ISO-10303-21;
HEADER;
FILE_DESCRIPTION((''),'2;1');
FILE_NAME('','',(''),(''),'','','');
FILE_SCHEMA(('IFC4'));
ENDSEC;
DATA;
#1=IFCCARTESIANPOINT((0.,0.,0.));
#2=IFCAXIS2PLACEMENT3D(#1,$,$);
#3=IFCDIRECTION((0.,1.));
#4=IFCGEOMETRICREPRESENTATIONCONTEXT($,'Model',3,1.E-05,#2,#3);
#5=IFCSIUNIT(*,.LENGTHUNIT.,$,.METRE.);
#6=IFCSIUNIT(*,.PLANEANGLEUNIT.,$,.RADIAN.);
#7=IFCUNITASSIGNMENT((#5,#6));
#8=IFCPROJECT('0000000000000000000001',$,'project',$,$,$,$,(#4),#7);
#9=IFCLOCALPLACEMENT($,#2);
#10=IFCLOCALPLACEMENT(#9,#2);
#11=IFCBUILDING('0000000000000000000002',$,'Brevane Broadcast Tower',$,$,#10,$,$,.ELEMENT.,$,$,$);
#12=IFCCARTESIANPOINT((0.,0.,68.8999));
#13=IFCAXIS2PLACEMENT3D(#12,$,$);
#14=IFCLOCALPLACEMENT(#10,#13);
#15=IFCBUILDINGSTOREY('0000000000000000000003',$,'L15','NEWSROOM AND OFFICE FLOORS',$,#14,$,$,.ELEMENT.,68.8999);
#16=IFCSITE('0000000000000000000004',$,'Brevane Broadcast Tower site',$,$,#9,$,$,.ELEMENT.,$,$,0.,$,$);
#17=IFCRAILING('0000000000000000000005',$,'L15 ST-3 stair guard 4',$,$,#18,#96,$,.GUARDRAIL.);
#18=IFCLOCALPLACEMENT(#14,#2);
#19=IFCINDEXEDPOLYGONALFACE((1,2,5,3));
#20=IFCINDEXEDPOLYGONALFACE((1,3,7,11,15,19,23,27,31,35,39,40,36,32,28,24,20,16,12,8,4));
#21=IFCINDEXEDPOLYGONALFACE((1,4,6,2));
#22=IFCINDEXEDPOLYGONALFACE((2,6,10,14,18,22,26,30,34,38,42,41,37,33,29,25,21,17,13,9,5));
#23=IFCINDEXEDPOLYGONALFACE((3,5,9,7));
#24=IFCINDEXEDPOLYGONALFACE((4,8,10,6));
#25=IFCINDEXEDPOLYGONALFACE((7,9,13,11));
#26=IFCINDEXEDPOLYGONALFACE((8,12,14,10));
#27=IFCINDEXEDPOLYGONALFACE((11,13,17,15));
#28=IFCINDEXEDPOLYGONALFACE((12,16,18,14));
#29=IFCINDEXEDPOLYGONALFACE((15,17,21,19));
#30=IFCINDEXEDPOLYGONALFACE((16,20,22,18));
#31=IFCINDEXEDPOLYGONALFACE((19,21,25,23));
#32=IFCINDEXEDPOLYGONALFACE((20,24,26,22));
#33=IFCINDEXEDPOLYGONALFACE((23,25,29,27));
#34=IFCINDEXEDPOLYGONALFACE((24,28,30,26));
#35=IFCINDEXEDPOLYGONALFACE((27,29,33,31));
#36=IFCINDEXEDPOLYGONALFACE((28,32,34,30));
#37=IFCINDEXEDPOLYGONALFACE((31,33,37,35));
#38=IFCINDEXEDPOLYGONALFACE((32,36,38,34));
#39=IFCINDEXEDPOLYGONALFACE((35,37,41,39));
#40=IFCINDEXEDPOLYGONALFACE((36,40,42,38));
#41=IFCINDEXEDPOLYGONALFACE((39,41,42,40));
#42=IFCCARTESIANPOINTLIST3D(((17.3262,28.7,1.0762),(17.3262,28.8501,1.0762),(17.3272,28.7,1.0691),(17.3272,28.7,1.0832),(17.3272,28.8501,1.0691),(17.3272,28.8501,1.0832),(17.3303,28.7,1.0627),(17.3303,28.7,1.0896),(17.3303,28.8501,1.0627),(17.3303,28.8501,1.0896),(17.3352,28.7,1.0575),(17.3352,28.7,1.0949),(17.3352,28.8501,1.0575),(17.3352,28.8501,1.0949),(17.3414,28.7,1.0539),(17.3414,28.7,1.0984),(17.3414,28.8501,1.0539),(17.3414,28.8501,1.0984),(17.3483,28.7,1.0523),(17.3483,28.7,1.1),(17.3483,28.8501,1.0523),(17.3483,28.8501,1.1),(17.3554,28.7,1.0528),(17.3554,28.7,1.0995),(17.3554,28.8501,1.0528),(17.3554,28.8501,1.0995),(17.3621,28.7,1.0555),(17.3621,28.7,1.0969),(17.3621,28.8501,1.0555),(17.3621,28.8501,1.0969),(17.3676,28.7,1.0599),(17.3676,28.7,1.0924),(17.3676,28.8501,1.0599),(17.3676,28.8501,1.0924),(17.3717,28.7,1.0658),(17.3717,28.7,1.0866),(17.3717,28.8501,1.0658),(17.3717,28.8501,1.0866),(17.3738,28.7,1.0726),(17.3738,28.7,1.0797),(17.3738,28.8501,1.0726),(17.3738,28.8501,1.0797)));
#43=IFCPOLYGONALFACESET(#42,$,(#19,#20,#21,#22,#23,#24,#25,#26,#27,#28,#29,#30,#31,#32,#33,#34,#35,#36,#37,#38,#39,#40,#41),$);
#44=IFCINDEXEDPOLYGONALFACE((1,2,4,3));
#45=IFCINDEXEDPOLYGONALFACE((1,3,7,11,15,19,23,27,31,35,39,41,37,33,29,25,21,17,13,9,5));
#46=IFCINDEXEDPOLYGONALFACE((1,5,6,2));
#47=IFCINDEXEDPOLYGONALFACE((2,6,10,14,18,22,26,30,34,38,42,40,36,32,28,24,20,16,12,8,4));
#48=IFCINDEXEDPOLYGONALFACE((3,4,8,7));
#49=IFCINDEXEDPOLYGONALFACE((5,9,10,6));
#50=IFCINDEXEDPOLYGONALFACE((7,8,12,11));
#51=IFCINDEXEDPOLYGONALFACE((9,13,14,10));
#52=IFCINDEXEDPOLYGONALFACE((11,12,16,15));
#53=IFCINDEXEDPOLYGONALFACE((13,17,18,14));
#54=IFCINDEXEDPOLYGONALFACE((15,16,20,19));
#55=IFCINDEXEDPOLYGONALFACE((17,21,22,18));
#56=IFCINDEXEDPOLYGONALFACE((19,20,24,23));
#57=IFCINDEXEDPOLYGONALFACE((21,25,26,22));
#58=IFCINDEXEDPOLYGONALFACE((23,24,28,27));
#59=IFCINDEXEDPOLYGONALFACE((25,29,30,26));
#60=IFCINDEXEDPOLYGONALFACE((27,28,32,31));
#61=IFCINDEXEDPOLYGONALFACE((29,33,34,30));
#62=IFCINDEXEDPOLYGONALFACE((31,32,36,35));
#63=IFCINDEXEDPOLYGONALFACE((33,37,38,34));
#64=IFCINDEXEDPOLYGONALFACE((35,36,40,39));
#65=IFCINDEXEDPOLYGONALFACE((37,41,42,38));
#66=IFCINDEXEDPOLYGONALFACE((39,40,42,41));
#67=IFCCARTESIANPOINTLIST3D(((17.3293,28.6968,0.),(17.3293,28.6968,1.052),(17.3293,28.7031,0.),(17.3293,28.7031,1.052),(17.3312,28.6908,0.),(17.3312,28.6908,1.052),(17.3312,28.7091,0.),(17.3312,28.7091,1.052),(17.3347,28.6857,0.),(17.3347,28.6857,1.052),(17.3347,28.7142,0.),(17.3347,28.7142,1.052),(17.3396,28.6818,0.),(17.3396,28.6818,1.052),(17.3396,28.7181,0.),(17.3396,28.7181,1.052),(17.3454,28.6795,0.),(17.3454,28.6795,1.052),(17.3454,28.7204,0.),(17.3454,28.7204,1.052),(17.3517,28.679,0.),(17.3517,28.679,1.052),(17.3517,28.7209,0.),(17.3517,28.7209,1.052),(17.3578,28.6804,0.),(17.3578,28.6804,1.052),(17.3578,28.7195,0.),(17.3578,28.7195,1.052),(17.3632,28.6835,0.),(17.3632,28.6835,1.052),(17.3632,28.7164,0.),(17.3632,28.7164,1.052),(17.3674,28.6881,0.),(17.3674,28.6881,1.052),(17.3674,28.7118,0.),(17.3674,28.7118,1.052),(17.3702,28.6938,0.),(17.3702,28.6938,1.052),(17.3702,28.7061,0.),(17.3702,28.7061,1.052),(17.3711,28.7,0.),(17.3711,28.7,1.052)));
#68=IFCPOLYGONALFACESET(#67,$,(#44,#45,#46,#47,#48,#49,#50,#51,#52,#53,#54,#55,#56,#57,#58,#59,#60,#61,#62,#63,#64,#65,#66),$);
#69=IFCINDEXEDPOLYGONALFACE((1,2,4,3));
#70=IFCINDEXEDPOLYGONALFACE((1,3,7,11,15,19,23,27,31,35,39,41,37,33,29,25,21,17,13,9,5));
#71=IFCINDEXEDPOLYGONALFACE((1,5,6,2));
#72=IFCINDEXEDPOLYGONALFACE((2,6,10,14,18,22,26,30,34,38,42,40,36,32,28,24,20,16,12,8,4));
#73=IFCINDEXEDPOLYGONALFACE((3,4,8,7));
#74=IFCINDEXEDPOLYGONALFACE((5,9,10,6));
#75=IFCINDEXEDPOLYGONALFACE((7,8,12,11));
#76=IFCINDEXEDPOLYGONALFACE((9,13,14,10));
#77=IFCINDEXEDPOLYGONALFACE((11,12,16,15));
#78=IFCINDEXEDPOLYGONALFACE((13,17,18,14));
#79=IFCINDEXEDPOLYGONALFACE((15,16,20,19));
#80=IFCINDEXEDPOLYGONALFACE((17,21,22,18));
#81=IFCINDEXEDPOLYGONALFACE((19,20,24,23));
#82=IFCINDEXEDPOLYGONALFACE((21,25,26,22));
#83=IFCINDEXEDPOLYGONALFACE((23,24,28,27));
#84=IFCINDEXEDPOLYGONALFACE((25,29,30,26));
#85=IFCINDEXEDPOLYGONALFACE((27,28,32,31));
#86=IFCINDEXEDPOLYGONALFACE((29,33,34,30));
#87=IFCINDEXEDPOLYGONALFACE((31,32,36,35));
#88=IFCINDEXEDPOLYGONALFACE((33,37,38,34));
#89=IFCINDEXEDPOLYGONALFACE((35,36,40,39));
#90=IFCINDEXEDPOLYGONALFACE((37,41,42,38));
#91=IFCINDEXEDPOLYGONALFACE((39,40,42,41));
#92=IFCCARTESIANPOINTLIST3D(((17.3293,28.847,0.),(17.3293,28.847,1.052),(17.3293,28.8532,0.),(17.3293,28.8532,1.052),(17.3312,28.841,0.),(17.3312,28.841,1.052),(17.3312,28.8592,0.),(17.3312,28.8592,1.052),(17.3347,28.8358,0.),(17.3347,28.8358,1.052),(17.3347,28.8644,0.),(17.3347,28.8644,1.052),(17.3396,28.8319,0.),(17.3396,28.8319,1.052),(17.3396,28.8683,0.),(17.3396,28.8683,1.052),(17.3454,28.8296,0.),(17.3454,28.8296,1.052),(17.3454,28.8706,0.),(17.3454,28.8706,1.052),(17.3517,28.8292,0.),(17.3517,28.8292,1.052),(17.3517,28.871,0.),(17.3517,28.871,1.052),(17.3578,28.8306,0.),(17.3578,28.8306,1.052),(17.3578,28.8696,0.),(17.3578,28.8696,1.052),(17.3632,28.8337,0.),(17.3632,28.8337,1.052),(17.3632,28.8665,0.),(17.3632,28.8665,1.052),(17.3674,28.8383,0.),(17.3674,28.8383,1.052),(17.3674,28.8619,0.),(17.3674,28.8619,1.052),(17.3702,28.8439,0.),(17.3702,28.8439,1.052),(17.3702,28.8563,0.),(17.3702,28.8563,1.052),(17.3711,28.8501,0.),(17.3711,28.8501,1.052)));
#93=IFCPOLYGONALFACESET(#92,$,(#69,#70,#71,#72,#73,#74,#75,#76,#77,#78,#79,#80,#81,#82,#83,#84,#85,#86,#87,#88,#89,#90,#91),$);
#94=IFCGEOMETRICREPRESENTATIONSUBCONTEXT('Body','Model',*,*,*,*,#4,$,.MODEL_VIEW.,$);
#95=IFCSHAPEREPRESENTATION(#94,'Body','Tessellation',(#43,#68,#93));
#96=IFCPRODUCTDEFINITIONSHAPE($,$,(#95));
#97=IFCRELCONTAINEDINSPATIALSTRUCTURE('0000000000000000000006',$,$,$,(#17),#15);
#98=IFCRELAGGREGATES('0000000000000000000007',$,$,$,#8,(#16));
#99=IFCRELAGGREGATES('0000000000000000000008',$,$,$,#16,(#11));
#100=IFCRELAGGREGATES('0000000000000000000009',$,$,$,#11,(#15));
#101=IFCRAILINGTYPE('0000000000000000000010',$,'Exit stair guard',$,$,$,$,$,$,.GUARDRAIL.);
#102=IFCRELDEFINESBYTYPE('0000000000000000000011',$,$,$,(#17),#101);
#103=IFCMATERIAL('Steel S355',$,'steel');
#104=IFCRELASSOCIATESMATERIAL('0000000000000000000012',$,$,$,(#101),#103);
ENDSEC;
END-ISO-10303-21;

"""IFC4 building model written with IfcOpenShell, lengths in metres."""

from ifc_helpers import new_model, si_unit, direction, frame, origin, origin_2d, place, context, subcontext, project, spatial, circle, extrude, material, type_object, element, save


model = new_model("IFC4")

# Units and contexts
model_context = context("Model", 3, precision=1e-05, world=origin(), true_north=direction((0.0, 1.0)))
body_context = subcontext(model_context, "Body", "Model", "MODEL_VIEW")
ifc_project = project(units=[si_unit("LENGTHUNIT", "METRE"), si_unit("PLANEANGLEUNIT", "RADIAN")], contexts=[model_context])

# Site, building, storey
site_placement = place(None, origin())
site = spatial("IfcSite", under=ifc_project, at=site_placement, Name="Brevane Broadcast Tower site", CompositionType="ELEMENT", RefElevation=0.0)
building_placement = place(site_placement, origin())
building = spatial("IfcBuilding", under=site, at=building_placement, Name="Brevane Broadcast Tower", CompositionType="ELEMENT")
storey_placement = place(building_placement, frame((0.0, 0.0, 68.8999)))
storey = spatial("IfcBuildingStorey", under=building, at=storey_placement, Name="L15", Description="NEWSROOM AND OFFICE FLOORS", CompositionType="ELEMENT", Elevation=68.8999)

# Railing
ifc_material_1 = material(Name="Steel S355", Category="steel")
railing_type_1 = type_object("IfcRailingType", Name="Exit stair guard", PredefinedType="GUARDRAIL", material=ifc_material_1)
railing_1_placement = place(storey_placement, frame((17.3501, 28.7, 0.0)))
element("IfcRailing", 1, at=railing_1_placement, inside=storey, type_object=railing_type_1, Name="L15 ST-3 stair guard 4", PredefinedType="GUARDRAIL", context=body_context, shape_type="SweptSolid", body=[
    extrude(circle(Radius=0.0239, at=origin_2d()), frame((0.0, 0.0, 1.0762), z_axis=(0.0, 1.0, 0.0), x_axis=(-1.0, 0.0, 0.0)), (0.0, 0.0, 1.0), 0.1501),
    extrude(circle(Radius=0.021, at=origin_2d()), origin(), (0.0, 0.0, 1.0), 1.052),
    extrude(circle(Radius=0.021, at=origin_2d()), frame((0.0, 0.1501, 0.0)), (0.0, 0.0, 1.0), 1.052),
])

save(model, "model.ifc")
